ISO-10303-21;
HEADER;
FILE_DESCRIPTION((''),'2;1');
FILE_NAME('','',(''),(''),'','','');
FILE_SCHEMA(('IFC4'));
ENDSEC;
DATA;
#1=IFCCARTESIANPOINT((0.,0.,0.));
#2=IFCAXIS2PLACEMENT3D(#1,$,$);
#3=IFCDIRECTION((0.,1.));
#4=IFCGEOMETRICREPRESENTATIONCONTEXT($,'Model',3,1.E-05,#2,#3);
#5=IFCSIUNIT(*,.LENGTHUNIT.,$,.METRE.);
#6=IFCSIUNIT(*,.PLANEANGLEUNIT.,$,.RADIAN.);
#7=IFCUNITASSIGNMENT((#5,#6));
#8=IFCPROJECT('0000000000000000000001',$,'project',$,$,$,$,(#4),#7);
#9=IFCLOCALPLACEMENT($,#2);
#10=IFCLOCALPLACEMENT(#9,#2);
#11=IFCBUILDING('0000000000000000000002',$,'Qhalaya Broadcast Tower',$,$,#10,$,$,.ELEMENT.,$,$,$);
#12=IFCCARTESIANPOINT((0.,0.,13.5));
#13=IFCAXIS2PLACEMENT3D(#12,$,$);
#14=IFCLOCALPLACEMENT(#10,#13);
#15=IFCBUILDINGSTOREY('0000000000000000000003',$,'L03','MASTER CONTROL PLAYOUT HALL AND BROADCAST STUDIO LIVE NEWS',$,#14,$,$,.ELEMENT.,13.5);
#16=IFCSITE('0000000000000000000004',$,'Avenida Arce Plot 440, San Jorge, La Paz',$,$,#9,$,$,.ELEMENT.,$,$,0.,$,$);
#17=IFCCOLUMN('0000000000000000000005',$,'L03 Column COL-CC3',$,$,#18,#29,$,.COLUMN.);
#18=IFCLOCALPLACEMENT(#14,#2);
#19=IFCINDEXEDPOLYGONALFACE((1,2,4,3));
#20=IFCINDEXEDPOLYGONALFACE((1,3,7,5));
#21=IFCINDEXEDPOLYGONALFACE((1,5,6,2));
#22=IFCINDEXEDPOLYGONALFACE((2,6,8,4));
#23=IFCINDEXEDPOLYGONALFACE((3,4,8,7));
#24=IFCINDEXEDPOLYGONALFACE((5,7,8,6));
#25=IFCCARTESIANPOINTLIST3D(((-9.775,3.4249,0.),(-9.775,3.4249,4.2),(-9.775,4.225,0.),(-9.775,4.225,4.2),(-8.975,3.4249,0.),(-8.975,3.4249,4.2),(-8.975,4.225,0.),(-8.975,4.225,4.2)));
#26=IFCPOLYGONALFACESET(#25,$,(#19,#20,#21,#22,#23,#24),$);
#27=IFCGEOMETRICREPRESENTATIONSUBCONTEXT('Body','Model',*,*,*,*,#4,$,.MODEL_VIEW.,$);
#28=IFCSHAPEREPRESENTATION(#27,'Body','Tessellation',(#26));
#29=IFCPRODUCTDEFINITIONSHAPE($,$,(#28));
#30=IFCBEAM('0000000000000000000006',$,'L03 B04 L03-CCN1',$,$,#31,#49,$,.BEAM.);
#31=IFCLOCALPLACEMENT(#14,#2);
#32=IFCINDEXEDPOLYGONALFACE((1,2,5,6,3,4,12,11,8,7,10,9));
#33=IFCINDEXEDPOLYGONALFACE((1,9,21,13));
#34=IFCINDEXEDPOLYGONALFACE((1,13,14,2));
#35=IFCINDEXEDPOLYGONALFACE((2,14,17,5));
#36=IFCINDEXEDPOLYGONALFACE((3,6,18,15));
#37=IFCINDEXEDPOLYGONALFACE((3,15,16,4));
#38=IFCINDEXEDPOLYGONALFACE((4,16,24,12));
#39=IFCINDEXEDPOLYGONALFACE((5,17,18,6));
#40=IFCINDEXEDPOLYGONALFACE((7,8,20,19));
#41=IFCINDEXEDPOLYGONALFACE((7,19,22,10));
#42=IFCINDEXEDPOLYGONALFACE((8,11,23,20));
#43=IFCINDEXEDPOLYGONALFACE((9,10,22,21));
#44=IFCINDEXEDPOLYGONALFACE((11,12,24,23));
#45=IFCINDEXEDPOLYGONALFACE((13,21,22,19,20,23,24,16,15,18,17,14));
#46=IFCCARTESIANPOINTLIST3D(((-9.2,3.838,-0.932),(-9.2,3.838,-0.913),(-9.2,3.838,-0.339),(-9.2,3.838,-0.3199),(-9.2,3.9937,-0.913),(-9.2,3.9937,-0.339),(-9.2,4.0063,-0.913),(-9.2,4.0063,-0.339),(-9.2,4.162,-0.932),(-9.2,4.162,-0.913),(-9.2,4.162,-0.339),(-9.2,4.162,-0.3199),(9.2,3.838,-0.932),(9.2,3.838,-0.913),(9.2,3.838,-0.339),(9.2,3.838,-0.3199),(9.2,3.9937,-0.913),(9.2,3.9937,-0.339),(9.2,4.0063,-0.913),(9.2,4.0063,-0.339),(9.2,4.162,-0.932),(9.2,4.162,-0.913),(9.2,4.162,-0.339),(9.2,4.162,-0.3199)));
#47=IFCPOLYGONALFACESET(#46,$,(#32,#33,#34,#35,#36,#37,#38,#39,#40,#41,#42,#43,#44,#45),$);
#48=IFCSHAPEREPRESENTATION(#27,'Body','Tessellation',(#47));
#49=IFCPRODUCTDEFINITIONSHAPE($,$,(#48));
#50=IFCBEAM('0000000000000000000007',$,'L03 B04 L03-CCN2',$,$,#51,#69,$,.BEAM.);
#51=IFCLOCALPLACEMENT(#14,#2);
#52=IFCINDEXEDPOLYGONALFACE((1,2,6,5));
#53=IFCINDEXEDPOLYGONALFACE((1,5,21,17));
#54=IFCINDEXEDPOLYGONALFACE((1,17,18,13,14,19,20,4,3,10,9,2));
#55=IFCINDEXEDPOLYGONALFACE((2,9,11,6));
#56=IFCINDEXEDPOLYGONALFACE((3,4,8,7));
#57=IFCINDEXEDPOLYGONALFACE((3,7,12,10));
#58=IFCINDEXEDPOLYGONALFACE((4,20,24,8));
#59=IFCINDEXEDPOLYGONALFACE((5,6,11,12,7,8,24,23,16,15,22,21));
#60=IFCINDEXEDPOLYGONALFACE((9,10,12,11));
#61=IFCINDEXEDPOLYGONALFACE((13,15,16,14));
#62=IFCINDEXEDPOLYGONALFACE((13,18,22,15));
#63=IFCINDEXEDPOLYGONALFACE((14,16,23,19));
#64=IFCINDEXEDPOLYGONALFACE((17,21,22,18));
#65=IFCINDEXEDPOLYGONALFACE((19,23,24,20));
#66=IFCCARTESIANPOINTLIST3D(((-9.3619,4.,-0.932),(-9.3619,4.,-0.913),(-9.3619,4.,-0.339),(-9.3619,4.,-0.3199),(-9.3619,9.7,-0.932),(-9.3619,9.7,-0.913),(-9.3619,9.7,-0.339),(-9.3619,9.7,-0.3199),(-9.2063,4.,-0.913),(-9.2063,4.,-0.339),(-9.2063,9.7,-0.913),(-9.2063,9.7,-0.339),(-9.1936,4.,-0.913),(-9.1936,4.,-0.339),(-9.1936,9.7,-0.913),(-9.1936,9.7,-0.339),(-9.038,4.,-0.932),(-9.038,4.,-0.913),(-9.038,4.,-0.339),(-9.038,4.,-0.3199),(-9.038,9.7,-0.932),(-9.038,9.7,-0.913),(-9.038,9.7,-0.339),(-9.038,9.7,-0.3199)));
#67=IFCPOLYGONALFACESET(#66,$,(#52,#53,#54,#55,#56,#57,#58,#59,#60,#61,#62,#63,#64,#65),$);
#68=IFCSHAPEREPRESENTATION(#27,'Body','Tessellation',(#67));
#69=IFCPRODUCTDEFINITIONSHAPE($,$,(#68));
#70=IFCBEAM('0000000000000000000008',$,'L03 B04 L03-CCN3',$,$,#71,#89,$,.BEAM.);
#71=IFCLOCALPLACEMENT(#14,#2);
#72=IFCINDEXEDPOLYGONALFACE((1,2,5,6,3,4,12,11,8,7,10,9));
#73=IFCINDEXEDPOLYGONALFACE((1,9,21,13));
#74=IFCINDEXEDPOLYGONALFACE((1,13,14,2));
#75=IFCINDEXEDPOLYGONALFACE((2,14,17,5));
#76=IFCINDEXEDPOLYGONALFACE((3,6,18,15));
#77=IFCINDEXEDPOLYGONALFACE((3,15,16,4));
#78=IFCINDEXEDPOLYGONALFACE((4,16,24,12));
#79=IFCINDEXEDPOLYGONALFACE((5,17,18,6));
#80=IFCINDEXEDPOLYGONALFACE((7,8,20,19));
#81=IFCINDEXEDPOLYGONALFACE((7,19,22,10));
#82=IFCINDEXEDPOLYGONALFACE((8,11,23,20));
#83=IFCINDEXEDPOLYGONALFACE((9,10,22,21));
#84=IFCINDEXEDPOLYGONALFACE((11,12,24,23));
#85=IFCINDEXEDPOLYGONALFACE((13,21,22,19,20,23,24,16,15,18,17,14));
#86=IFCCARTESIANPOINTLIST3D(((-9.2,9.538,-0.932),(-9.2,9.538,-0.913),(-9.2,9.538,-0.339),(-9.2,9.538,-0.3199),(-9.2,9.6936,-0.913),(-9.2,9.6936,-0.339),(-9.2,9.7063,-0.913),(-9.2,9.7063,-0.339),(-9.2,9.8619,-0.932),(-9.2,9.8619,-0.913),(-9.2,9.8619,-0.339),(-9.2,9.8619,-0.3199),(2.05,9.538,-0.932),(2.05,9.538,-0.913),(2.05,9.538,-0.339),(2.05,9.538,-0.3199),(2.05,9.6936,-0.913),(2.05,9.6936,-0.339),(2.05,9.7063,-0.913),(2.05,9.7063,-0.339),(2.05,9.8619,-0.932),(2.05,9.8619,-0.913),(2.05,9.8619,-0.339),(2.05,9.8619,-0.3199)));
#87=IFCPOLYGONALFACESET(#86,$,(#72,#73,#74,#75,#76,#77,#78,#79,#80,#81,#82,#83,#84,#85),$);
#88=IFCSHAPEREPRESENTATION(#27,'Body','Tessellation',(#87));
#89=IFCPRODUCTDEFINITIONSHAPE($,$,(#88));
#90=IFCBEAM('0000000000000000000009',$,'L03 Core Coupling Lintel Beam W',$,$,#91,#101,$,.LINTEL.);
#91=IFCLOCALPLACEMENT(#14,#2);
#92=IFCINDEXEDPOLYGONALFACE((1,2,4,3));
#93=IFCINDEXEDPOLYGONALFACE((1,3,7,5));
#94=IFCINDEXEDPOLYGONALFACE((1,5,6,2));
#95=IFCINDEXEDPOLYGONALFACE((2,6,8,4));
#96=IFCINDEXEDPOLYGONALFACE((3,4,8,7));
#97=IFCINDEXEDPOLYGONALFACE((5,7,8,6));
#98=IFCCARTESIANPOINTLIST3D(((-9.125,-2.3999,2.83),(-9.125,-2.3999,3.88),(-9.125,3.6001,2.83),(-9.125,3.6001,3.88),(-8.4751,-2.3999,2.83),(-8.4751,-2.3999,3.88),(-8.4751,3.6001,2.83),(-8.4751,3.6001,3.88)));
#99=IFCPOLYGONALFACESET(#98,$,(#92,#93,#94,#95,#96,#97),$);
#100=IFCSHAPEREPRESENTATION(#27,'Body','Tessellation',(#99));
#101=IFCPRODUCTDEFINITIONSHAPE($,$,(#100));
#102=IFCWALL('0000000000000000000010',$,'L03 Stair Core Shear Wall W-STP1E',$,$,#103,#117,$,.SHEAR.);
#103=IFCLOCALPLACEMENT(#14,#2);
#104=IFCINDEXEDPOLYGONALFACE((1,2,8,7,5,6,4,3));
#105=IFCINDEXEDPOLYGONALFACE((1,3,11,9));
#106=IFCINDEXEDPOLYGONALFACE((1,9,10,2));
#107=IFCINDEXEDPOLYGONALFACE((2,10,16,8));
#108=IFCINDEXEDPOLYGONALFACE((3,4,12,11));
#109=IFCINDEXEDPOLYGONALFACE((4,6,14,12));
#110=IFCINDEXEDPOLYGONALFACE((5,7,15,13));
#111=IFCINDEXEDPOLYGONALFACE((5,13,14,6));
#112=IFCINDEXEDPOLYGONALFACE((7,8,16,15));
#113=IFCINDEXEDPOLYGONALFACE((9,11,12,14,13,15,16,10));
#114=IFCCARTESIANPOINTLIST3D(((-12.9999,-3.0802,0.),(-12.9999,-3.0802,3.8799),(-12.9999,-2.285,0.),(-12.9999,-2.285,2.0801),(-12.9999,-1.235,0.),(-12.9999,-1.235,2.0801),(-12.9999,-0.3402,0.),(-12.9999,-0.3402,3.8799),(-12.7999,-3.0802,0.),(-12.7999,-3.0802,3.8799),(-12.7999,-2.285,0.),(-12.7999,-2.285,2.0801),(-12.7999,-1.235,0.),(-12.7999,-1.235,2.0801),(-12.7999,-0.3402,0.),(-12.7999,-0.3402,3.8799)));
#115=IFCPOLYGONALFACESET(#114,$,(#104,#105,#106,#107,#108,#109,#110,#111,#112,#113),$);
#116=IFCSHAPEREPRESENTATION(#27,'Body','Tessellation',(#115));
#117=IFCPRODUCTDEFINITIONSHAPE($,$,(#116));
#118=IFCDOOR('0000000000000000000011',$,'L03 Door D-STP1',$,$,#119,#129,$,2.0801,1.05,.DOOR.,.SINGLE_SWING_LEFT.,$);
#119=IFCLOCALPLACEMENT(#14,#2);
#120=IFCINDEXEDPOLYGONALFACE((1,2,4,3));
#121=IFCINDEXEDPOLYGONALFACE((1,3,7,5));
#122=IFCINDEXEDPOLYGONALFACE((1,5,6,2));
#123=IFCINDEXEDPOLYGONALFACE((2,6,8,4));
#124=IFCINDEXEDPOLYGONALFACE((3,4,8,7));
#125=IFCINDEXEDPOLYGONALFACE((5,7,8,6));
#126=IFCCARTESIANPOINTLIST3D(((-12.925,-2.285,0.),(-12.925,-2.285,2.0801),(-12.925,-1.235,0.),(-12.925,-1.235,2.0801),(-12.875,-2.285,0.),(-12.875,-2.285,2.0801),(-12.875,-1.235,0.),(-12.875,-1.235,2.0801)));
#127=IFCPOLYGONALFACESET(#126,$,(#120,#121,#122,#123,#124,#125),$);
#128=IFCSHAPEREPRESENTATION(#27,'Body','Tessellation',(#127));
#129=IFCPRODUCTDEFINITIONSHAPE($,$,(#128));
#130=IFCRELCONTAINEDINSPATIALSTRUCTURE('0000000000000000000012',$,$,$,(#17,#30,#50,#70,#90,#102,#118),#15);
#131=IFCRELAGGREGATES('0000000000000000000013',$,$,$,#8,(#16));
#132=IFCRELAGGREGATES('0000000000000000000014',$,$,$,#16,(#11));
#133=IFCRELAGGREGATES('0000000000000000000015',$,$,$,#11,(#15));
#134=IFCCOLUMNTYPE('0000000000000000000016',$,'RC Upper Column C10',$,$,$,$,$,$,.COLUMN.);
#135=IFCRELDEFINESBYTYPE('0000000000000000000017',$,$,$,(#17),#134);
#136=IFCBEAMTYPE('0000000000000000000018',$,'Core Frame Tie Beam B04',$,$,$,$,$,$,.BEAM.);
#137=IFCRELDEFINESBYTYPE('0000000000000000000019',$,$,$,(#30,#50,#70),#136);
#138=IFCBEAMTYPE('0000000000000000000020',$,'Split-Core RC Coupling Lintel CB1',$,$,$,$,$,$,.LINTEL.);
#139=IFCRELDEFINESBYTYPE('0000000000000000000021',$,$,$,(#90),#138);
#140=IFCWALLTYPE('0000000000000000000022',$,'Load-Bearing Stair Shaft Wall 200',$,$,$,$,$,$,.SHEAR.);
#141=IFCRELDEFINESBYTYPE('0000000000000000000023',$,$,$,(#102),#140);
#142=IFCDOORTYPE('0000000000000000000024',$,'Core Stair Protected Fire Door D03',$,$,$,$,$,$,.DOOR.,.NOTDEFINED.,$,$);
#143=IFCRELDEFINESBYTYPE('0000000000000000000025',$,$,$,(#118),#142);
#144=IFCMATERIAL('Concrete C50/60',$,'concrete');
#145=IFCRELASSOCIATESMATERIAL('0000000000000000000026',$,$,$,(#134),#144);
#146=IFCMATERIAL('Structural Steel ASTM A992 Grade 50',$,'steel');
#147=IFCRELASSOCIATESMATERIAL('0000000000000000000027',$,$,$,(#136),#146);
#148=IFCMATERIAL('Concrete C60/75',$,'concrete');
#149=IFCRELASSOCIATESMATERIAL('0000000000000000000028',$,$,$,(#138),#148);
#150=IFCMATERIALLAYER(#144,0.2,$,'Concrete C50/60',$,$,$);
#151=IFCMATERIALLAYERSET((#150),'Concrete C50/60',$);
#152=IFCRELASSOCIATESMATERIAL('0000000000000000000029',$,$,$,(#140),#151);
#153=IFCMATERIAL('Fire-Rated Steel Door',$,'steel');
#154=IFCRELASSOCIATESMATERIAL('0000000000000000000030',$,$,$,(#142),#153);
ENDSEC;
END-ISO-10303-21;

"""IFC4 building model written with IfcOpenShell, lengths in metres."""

from ifc_helpers import new_model, si_unit, direction, frame, frame_2d, origin, origin_2d, place, context, subcontext, project, spatial, rectangle, i_section, extrude, material, layer, layer_set, material_profile, profile_set, type_object, element, fill, save


model = new_model("IFC4")

# Units and contexts
model_context = context("Model", 3, precision=1e-05, world=origin(), true_north=direction((0.0, 1.0)))
body_context = subcontext(model_context, "Body", "Model", "MODEL_VIEW")
ifc_project = project(units=[si_unit("LENGTHUNIT", "METRE"), si_unit("PLANEANGLEUNIT", "RADIAN")], contexts=[model_context])

# Site, building, storey
site_placement = place(None, origin())
site = spatial("IfcSite", under=ifc_project, at=site_placement, Name="Avenida Arce Plot 440, San Jorge, La Paz", CompositionType="ELEMENT", RefElevation=0.0)
building_placement = place(site_placement, origin())
building = spatial("IfcBuilding", under=site, at=building_placement, Name="Qhalaya Broadcast Tower", CompositionType="ELEMENT")
storey_placement = place(building_placement, frame((0.0, 0.0, 13.5)))
storey = spatial("IfcBuildingStorey", under=building, at=storey_placement, Name="L03", Description="MASTER CONTROL PLAYOUT HALL AND BROADCAST STUDIO LIVE NEWS", CompositionType="ELEMENT", Elevation=13.5)

# Column
ifc_material_1 = material(Name="Concrete C50/60", Category="concrete")
ifc_material_profile_1 = material_profile(ifc_material_1, rectangle(XDim=0.8, YDim=0.8, at=origin_2d()), Name="RC-COL 800x800")
ifc_profile_set_1 = profile_set([ifc_material_profile_1], Name="Concrete C50/60")
column_type = type_object("IfcColumnType", Name="RC Upper Column C10", PredefinedType="COLUMN", material=ifc_profile_set_1)
column_placement = place(storey_placement, frame((-9.375, 3.825, 0.0), z_axis=(0.0, 0.0, 1.0), x_axis=(1.0, 0.0, 0.0)))
element("IfcColumn", 1, at=column_placement, inside=storey, type_object=column_type, Name="L03 Column COL-CC3", PredefinedType="COLUMN", context=body_context, shape_type="SweptSolid", body=[
    extrude(rectangle(XDim=0.8, YDim=0.8, at=origin_2d()), origin(), (0.0, 0.0, 1.0), 4.2),
])

# Beams
ifc_material_2 = material(Name="Structural Steel ASTM A992 Grade 50", Category="steel")
ifc_material_profile_2 = material_profile(ifc_material_2, i_section(OverallWidth=0.324, OverallDepth=0.6121, WebThickness=0.0127, FlangeThickness=0.019, at=origin_2d()), Name="W24X104")
ifc_profile_set_2 = profile_set([ifc_material_profile_2], Name="Structural Steel ASTM A992 Grade 50")
beam_type_1 = type_object("IfcBeamType", Name="Core Frame Tie Beam B04", PredefinedType="BEAM", material=ifc_profile_set_2)
beam_1_placement = place(storey_placement, frame((-9.2, 4.0, -0.626), z_axis=(1.0, 0.0, 0.0), x_axis=(0.0, 1.0, 0.0)))
element("IfcBeam", 2, at=beam_1_placement, inside=storey, type_object=beam_type_1, Name="L03 B04 L03-CCN1", PredefinedType="BEAM", context=body_context, shape_type="SweptSolid", body=[
    extrude(i_section(OverallWidth=0.324, OverallDepth=0.6121, WebThickness=0.0127, FlangeThickness=0.019, at=origin_2d()), origin(), (0.0, 0.0, 1.0), 18.3999),
])
beam_2_placement = place(storey_placement, frame((-9.2, 4.0, -0.626), z_axis=(0.0, 1.0, 0.0), x_axis=(-1.0, 0.0, 0.0)))
element("IfcBeam", 3, at=beam_2_placement, inside=storey, type_object=beam_type_1, Name="L03 B04 L03-CCN2", PredefinedType="BEAM", context=body_context, shape_type="SweptSolid", body=[
    extrude(i_section(OverallWidth=0.324, OverallDepth=0.6121, WebThickness=0.0127, FlangeThickness=0.019, at=origin_2d()), origin(), (0.0, 0.0, 1.0), 5.7),
])
beam_3_placement = place(storey_placement, frame((-9.2, 9.7, -0.626), z_axis=(1.0, 0.0, 0.0), x_axis=(0.0, 1.0, 0.0)))
element("IfcBeam", 4, at=beam_3_placement, inside=storey, type_object=beam_type_1, Name="L03 B04 L03-CCN3", PredefinedType="BEAM", context=body_context, shape_type="SweptSolid", body=[
    extrude(i_section(OverallWidth=0.324, OverallDepth=0.6121, WebThickness=0.0127, FlangeThickness=0.019, at=origin_2d()), origin(), (0.0, 0.0, 1.0), 11.25),
])
ifc_material_3 = material(Name="Concrete C60/75", Category="concrete")
ifc_material_profile_3 = material_profile(ifc_material_3, rectangle(XDim=0.6499, YDim=1.05, at=origin_2d()), Name="RC-CB 650x1050")
ifc_profile_set_3 = profile_set([ifc_material_profile_3], Name="Concrete C60/75")
beam_type_2 = type_object("IfcBeamType", Name="Split-Core RC Coupling Lintel CB1", PredefinedType="LINTEL", material=ifc_profile_set_3)
beam_4_placement = place(storey_placement, frame((-8.8, -2.3999, 3.355), z_axis=(0.0, 1.0, 0.0), x_axis=(-1.0, 0.0, 0.0)))
element("IfcBeam", 5, at=beam_4_placement, inside=storey, type_object=beam_type_2, Name="L03 Core Coupling Lintel Beam W", PredefinedType="LINTEL", context=body_context, shape_type="SweptSolid", body=[
    extrude(rectangle(XDim=0.6499, YDim=1.05, at=origin_2d()), origin(), (0.0, 0.0, 1.0), 6.0),
])

# Wall, opening, door
ifc_layer_1 = layer(ifc_material_1, 0.2, Name="Concrete C50/60")
ifc_layer_set_1 = layer_set([ifc_layer_1], Name="Concrete C50/60")
wall_type_1 = type_object("IfcWallType", Name="Load-Bearing Stair Shaft Wall 200", PredefinedType="SHEAR", material=ifc_layer_set_1)
wall_1_placement = place(storey_placement, frame((-12.8999, -0.3401, 0.0), z_axis=(0.0, 0.0, 1.0), x_axis=(0.0, -1.0, 0.0)))
wall_1 = element("IfcWall", 6, at=wall_1_placement, inside=storey, type_object=wall_type_1, Name="L03 Stair Core Shear Wall W-STP1E", PredefinedType="SHEAR", context=body_context, shape_type="SweptSolid", body=[
    extrude(rectangle(XDim=2.74, YDim=0.2, at=frame_2d((1.3701, 0.0))), origin(), (0.0, 0.0, 1.0), 3.8799),
])
opening_1_placement = place(wall_1_placement, frame((0.895, 0.0, 0.0)))
opening_1 = element("IfcOpeningElement", 7, at=opening_1_placement, cuts=wall_1, PredefinedType="OPENING", context=body_context, shape_type="SweptSolid", body=[
    extrude(rectangle(XDim=1.05, YDim=2.0801, at=frame_2d((0.5249, 1.04))), frame((0.0, 0.1121, 0.0), z_axis=(0.0, -1.0, 0.0), x_axis=(1.0, 0.0, 0.0)), (0.0, 0.0, 1.0), 0.2239),
])
ifc_material_4 = material(Name="Fire-Rated Steel Door", Category="steel")
door_type_1 = type_object("IfcDoorType", Name="Core Stair Protected Fire Door D03", OperationType="NOTDEFINED", PredefinedType="DOOR", material=ifc_material_4)
door_1_placement = place(opening_1_placement, origin())
door_1 = element("IfcDoor", 8, at=door_1_placement, inside=storey, type_object=door_type_1, Name="L03 Door D-STP1", OperationType="SINGLE_SWING_LEFT", OverallHeight=2.0801, OverallWidth=1.05, PredefinedType="DOOR", context=body_context, shape_type="SweptSolid", body=[
    extrude(rectangle(XDim=1.05, YDim=2.0801, at=frame_2d((0.5249, 1.04))), frame((0.0, 0.0249, 0.0), z_axis=(0.0, -1.0, 0.0), x_axis=(1.0, 0.0, 0.0)), (0.0, 0.0, 1.0), 0.05),
])
fill(opening_1, door_1)

save(model, "model.ifc")
